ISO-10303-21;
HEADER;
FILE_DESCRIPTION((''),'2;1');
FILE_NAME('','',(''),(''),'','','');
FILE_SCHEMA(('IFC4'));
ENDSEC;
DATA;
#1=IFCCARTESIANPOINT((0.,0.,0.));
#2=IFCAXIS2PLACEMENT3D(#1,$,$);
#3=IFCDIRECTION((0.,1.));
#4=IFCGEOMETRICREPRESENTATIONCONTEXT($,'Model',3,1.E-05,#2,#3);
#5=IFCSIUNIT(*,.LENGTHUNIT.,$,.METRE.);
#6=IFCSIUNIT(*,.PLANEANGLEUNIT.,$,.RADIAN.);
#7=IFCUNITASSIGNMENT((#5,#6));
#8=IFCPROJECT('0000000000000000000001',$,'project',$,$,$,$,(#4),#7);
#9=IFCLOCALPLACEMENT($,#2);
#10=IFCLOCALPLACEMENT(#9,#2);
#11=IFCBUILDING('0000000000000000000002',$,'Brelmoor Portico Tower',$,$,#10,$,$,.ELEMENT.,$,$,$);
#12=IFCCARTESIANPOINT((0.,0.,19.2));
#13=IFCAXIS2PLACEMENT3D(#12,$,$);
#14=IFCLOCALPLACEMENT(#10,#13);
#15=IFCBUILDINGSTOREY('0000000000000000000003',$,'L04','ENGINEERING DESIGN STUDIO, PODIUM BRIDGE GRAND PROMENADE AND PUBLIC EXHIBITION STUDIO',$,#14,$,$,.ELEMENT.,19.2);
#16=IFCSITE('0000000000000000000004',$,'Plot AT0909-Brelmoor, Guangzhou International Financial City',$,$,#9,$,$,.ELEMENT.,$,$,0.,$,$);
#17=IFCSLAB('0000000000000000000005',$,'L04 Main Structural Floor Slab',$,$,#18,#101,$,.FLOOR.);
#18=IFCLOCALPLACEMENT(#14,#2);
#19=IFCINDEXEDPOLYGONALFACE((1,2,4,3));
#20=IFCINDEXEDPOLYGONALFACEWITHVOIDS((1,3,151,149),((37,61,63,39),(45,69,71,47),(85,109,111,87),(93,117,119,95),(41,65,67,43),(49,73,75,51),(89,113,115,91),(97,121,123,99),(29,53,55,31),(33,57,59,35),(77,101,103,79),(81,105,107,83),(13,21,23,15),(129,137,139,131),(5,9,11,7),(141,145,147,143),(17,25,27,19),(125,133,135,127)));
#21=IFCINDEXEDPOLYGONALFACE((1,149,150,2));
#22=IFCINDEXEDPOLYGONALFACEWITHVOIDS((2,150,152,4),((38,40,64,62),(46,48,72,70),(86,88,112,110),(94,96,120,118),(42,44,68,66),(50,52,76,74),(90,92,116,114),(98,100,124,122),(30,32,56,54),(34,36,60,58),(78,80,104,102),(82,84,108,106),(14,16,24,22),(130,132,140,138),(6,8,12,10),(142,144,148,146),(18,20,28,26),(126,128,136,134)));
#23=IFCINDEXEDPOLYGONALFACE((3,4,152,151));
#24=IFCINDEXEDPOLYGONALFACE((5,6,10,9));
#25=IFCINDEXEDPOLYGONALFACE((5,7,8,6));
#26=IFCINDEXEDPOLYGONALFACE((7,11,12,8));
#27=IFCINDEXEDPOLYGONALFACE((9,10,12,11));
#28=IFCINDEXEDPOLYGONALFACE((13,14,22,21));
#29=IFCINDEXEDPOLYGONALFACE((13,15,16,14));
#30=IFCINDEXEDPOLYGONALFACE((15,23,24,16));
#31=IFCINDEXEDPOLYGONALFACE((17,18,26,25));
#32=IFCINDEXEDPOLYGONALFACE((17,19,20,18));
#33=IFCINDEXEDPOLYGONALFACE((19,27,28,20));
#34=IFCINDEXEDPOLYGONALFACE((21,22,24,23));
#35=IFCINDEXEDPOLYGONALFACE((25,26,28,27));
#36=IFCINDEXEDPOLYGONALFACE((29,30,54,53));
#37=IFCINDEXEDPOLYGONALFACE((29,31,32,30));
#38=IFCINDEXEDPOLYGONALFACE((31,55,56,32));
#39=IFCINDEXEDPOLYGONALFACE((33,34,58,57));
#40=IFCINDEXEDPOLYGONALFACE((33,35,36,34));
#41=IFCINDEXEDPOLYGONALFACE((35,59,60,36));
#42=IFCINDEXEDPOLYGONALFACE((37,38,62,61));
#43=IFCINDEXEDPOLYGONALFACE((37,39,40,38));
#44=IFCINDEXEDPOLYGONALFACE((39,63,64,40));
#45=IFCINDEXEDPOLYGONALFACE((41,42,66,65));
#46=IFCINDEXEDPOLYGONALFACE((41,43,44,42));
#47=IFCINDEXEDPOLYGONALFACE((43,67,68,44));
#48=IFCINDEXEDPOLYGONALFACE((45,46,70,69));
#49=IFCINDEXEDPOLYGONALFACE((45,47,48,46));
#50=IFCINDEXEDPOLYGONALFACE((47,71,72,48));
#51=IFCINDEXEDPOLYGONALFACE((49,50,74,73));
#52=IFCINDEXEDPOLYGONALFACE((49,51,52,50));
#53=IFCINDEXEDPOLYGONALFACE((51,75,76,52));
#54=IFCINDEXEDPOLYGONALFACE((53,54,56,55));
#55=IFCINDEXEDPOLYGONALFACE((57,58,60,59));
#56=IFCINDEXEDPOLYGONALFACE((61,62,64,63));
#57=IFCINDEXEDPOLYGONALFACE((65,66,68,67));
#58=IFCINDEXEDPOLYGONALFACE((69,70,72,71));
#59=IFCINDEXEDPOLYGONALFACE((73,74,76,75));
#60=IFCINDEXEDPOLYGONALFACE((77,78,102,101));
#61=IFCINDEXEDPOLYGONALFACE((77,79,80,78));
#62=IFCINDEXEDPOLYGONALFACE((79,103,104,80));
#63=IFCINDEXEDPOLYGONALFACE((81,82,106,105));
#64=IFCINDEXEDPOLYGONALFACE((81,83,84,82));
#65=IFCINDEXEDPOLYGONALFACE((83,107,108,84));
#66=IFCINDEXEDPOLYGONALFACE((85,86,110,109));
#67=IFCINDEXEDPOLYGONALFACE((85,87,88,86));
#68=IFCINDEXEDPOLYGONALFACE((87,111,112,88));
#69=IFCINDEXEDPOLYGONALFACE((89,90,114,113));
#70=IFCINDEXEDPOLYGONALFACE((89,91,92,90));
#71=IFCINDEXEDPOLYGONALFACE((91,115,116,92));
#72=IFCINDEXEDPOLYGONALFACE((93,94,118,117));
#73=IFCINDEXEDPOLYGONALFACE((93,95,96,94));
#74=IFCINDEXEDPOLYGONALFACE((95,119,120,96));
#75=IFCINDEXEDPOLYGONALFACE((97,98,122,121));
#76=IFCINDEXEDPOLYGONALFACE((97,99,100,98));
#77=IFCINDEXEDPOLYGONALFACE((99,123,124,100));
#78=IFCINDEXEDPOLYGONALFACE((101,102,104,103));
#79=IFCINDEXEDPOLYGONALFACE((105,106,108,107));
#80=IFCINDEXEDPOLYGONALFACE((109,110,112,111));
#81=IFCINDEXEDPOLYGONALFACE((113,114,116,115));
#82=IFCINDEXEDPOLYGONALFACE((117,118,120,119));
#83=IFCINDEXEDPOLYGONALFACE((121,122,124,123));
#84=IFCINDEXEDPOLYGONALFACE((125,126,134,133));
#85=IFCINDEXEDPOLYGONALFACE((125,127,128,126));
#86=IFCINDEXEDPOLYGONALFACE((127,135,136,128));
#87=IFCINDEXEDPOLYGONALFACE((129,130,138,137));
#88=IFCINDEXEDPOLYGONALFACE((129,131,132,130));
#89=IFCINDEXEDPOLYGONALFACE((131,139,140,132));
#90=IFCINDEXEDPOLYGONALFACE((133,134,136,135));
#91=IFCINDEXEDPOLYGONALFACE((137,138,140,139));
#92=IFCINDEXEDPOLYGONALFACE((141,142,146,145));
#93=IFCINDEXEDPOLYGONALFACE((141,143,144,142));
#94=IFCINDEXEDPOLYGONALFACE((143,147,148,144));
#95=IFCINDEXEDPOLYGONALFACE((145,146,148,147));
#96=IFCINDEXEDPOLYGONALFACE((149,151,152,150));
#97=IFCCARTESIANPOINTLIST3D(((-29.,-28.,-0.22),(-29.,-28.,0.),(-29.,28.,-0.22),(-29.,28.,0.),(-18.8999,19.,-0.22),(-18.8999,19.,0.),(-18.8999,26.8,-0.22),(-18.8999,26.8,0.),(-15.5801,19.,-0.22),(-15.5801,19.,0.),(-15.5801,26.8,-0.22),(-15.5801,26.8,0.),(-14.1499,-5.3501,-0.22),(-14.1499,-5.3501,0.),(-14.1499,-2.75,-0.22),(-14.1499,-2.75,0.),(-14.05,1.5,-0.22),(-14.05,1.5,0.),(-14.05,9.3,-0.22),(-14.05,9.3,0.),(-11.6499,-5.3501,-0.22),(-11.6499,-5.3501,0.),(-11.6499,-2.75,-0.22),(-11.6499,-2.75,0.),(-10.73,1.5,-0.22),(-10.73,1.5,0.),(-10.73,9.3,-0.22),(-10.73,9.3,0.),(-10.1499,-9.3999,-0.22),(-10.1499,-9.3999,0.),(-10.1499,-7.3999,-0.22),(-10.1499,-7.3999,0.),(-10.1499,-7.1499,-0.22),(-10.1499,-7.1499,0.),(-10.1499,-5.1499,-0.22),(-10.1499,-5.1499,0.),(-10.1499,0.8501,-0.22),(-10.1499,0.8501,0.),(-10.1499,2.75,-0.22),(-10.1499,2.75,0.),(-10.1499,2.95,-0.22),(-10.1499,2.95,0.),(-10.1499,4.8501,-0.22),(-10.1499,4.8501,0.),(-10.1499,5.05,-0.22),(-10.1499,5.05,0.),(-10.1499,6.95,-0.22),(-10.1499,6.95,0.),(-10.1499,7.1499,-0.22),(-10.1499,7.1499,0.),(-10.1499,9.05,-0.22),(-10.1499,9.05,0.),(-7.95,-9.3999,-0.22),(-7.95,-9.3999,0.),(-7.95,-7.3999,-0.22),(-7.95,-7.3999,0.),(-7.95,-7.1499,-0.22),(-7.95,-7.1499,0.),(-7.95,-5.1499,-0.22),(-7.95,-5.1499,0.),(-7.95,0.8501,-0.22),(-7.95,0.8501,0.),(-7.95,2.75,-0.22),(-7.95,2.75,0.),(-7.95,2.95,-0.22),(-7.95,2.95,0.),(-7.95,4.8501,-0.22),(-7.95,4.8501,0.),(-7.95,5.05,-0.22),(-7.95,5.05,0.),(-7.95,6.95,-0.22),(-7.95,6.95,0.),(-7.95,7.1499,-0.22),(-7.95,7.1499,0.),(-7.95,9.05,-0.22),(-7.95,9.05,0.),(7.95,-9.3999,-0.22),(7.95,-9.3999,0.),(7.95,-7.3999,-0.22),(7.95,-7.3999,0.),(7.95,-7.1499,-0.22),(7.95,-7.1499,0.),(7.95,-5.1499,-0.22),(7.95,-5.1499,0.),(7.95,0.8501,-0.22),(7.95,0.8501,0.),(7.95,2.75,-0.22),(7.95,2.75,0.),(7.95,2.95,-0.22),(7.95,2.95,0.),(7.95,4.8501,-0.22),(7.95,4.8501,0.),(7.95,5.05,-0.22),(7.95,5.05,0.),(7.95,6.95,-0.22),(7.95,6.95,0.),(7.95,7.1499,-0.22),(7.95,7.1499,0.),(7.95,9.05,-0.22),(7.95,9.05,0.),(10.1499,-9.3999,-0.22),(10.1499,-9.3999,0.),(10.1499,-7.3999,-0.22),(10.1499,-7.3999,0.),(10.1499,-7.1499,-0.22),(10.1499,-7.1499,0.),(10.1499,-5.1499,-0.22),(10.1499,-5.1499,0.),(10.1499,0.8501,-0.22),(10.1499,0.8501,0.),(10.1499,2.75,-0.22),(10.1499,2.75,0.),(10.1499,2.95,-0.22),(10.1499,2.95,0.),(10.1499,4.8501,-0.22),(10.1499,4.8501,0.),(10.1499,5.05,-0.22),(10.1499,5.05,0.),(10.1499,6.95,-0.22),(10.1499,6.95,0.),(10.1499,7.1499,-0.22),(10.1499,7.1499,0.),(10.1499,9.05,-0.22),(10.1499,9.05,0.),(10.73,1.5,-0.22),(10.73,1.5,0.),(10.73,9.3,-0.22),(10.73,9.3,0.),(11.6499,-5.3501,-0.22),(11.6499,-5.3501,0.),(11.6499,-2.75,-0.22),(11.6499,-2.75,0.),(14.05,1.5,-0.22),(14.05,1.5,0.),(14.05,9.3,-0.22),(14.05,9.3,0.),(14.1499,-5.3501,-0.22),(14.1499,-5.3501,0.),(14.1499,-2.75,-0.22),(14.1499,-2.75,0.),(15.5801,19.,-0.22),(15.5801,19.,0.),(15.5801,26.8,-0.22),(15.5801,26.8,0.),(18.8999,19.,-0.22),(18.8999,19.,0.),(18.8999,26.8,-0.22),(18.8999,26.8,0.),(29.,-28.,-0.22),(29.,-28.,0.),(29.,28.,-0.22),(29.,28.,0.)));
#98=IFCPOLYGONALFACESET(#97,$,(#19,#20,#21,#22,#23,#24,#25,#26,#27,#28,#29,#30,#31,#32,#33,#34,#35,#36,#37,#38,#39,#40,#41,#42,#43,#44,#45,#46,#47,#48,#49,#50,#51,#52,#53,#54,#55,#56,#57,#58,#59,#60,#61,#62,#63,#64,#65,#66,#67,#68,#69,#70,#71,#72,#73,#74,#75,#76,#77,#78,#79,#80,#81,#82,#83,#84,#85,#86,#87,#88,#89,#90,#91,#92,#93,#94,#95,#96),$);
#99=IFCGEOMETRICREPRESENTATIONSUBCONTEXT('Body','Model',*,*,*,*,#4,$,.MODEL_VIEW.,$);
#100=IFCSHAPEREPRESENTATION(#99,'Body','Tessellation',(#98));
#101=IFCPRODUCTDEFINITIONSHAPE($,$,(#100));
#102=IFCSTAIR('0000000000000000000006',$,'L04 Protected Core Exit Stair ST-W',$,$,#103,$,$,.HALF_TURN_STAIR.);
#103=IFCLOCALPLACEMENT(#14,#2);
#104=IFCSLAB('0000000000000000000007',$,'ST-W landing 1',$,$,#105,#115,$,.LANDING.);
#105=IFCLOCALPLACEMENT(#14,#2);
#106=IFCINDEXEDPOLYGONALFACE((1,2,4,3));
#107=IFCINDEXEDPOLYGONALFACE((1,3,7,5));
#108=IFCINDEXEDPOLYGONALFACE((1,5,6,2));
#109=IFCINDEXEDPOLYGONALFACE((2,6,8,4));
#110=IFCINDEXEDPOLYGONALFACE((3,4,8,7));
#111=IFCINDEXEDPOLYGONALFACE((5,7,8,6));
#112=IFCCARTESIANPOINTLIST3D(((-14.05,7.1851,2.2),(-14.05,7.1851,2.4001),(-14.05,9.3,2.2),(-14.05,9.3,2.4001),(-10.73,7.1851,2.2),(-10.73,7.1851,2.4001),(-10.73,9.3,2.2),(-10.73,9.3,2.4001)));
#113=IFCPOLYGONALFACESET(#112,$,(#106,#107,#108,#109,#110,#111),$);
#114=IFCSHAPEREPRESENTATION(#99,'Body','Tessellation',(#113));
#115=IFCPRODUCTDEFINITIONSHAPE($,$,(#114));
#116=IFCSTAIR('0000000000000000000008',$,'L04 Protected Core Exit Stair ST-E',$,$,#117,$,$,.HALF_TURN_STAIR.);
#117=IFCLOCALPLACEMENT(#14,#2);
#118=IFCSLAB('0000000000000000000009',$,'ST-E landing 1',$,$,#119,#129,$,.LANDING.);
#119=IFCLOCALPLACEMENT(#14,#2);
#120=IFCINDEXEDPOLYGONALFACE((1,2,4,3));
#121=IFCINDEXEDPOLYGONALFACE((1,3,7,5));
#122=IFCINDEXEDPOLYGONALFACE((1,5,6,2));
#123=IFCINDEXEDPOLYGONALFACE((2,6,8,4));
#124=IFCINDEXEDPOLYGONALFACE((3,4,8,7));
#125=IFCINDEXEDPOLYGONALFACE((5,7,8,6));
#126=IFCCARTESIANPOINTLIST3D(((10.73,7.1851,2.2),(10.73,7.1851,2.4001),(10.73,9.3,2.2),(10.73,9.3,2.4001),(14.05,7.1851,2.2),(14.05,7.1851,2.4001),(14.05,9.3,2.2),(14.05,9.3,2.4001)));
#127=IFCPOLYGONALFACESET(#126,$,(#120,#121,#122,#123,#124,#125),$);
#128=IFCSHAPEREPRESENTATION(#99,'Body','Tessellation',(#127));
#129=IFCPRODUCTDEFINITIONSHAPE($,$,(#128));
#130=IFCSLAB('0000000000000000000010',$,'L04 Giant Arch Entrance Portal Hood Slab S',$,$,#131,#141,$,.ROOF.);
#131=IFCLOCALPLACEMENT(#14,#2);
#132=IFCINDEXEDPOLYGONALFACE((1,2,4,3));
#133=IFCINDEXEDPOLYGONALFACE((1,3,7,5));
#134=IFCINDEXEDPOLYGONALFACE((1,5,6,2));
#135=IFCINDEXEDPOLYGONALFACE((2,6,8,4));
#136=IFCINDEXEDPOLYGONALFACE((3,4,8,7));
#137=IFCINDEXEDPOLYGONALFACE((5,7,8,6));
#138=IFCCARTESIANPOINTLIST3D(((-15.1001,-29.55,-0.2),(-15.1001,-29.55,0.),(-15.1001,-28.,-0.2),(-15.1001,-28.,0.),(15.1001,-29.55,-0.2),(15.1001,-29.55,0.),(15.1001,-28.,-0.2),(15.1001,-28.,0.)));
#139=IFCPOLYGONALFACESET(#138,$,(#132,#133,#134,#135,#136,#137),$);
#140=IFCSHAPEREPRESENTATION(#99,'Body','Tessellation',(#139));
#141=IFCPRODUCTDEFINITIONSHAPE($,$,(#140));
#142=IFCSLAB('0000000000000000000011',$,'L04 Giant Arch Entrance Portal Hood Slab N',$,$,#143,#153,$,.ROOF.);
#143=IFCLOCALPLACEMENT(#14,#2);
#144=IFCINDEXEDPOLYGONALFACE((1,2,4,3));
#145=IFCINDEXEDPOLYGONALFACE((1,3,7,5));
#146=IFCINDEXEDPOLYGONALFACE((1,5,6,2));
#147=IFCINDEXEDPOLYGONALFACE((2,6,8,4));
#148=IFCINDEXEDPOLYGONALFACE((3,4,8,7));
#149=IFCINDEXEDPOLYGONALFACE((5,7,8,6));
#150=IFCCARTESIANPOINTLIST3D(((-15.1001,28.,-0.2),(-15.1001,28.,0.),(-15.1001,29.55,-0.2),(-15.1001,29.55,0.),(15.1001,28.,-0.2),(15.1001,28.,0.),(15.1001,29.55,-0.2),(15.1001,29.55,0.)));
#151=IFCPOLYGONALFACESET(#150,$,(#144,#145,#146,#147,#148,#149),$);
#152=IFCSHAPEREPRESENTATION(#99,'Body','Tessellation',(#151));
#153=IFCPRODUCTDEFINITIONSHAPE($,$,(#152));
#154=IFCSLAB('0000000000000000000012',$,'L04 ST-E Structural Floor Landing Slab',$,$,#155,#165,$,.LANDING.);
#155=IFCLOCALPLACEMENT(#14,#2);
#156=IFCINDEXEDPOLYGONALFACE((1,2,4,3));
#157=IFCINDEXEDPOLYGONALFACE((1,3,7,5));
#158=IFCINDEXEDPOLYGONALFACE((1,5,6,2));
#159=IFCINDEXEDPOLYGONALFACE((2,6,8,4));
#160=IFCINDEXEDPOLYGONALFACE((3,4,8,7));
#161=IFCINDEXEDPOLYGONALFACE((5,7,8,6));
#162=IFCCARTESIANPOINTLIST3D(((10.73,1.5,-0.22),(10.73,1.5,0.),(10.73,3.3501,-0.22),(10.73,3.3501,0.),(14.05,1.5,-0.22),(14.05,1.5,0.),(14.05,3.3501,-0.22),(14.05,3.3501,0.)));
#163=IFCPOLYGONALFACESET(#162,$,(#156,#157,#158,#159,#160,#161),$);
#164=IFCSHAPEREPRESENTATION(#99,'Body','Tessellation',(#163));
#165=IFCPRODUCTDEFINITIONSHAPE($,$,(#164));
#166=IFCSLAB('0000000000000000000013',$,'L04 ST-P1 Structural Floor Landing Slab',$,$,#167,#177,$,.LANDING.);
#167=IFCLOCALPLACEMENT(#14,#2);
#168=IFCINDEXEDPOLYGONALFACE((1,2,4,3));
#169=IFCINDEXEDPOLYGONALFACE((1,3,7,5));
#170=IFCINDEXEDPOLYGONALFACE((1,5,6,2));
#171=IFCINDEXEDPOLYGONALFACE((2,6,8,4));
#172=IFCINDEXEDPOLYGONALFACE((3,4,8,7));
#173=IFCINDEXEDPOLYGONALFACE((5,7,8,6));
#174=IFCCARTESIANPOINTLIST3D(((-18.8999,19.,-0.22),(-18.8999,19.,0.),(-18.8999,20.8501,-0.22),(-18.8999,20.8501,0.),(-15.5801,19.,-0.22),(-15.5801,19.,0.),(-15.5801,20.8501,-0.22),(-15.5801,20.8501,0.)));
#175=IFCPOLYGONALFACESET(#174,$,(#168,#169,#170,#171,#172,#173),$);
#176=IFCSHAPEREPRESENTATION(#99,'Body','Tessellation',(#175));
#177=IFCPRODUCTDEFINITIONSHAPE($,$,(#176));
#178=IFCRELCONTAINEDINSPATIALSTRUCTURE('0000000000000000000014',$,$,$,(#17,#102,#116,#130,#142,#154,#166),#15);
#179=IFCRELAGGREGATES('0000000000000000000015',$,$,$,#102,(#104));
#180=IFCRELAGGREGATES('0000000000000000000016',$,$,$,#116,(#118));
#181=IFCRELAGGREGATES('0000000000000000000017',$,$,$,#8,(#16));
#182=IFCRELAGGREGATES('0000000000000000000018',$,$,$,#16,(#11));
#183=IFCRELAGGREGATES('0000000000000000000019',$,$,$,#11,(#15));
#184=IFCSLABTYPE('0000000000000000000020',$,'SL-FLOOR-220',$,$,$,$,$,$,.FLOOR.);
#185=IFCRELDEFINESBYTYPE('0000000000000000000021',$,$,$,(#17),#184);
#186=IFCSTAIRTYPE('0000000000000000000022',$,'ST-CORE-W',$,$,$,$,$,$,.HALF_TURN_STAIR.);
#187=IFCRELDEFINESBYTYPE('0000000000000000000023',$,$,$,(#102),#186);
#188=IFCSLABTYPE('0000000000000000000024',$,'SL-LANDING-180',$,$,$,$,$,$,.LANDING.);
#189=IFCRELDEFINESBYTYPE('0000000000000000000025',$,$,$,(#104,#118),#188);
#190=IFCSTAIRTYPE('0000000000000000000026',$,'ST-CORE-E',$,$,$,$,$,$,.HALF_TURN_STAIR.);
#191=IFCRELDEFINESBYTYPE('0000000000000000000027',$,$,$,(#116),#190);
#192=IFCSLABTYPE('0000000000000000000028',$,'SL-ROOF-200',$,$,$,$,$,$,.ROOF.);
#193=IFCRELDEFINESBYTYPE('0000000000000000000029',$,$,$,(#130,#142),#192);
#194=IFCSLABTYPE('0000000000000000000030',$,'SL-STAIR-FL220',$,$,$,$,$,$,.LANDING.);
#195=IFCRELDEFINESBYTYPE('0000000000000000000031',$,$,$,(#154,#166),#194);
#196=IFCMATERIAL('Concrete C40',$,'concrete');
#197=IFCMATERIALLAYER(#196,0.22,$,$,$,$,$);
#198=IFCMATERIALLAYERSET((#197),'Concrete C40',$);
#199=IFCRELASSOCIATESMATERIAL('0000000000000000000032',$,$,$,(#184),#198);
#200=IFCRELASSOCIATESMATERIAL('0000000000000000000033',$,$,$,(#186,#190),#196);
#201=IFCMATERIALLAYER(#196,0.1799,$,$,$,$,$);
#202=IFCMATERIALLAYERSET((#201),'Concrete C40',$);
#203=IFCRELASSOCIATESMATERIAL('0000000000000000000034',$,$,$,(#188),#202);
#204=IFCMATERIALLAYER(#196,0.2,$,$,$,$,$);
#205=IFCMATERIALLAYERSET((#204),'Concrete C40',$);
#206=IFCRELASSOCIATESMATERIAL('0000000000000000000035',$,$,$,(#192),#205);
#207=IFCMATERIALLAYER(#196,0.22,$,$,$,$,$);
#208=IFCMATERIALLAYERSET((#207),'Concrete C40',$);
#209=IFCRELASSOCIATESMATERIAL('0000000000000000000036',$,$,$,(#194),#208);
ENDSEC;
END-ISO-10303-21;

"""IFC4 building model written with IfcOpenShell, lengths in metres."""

from ifc_helpers import new_model, si_unit, direction, frame, origin, place, context, subcontext, project, spatial, polyline, outline, extrude, material, layer, layer_set, type_object, element, aggregate, save


model = new_model("IFC4")

# Units and contexts
model_context = context("Model", 3, precision=1e-05, world=origin(), true_north=direction((0.0, 1.0)))
body_context = subcontext(model_context, "Body", "Model", "MODEL_VIEW")
ifc_project = project(units=[si_unit("LENGTHUNIT", "METRE"), si_unit("PLANEANGLEUNIT", "RADIAN")], contexts=[model_context])

# Site, building, storey
site_placement = place(None, origin())
site = spatial("IfcSite", under=ifc_project, at=site_placement, Name="Plot AT0909-Brelmoor, Guangzhou International Financial City", CompositionType="ELEMENT", RefElevation=0.0)
building_placement = place(site_placement, origin())
building = spatial("IfcBuilding", under=site, at=building_placement, Name="Brelmoor Portico Tower", CompositionType="ELEMENT")
storey_placement = place(building_placement, frame((0.0, 0.0, 19.2)))
storey = spatial("IfcBuildingStorey", under=building, at=storey_placement, Name="L04", Description="ENGINEERING DESIGN STUDIO, PODIUM BRIDGE GRAND PROMENADE AND PUBLIC EXHIBITION STUDIO", CompositionType="ELEMENT", Elevation=19.2)

# Slab
ifc_material_1 = material(Name="Concrete C40", Category="concrete")
ifc_layer_1 = layer(ifc_material_1, 0.22)
ifc_layer_set_1 = layer_set([ifc_layer_1], Name="Concrete C40")
slab_type_1 = type_object("IfcSlabType", Name="SL-FLOOR-220", PredefinedType="FLOOR", material=ifc_layer_set_1)
slab_1_placement = place(storey_placement, frame((0.0, 0.0, -0.22)))
element("IfcSlab", 1, at=slab_1_placement, inside=storey, type_object=slab_type_1, Name="L04 Main Structural Floor Slab", PredefinedType="FLOOR", context=body_context, shape_type="SweptSolid", body=[
    extrude(outline(polyline([(-29.0, -28.0), (29.0, -28.0), (29.0, 28.0), (-29.0, 28.0), (-29.0, -28.0)]), holes=[polyline([(-10.73, 1.5), (-10.73, 9.3), (-14.05, 9.3), (-14.05, 1.5), (-10.73, 1.5)]), polyline([(14.05, 1.5), (14.05, 9.3), (10.73, 9.3), (10.73, 1.5), (14.05, 1.5)]), polyline([(-15.5801, 19.0), (-15.5801, 26.8), (-18.8999, 26.8), (-18.8999, 19.0), (-15.5801, 19.0)]), polyline([(18.8999, 19.0), (18.8999, 26.8), (15.5801, 26.8), (15.5801, 19.0), (18.8999, 19.0)]), polyline([(-10.1499, 0.8501), (-7.95, 0.8501), (-7.95, 2.75), (-10.1499, 2.75), (-10.1499, 0.8501)]), polyline([(-10.1499, 2.95), (-7.95, 2.95), (-7.95, 4.8501), (-10.1499, 4.8501), (-10.1499, 2.95)]), polyline([(-10.1499, 5.05), (-7.95, 5.05), (-7.95, 6.95), (-10.1499, 6.95), (-10.1499, 5.05)]), polyline([(-10.1499, 7.1499), (-7.95, 7.1499), (-7.95, 9.05), (-10.1499, 9.05), (-10.1499, 7.1499)]), polyline([(7.95, 0.8501), (10.1499, 0.8501), (10.1499, 2.75), (7.95, 2.75), (7.95, 0.8501)]), polyline([(7.95, 2.95), (10.1499, 2.95), (10.1499, 4.8501), (7.95, 4.8501), (7.95, 2.95)]), polyline([(7.95, 5.05), (10.1499, 5.05), (10.1499, 6.95), (7.95, 6.95), (7.95, 5.05)]), polyline([(7.95, 7.1499), (10.1499, 7.1499), (10.1499, 9.05), (7.95, 9.05), (7.95, 7.1499)]), polyline([(-10.1499, -9.3999), (-7.95, -9.3999), (-7.95, -7.3999), (-10.1499, -7.3999), (-10.1499, -9.3999)]), polyline([(-10.1499, -7.1499), (-7.95, -7.1499), (-7.95, -5.1499), (-10.1499, -5.1499), (-10.1499, -7.1499)]), polyline([(7.95, -9.3999), (10.1499, -9.3999), (10.1499, -7.3999), (7.95, -7.3999), (7.95, -9.3999)]), polyline([(7.95, -7.1499), (10.1499, -7.1499), (10.1499, -5.1499), (7.95, -5.1499), (7.95, -7.1499)]), polyline([(-14.1499, -5.3501), (-11.6499, -5.3501), (-11.6499, -2.75), (-14.1499, -2.75), (-14.1499, -5.3501)]), polyline([(11.6499, -5.3501), (14.1499, -5.3501), (14.1499, -2.75), (11.6499, -2.75), (11.6499, -5.3501)])]), origin(), (0.0, 0.0, 1.0), 0.22),
])

# Stairs, slabs
stair_type_1 = type_object("IfcStairType", Name="ST-CORE-W", PredefinedType="HALF_TURN_STAIR", material=ifc_material_1)
stair_1_placement = place(storey_placement, origin())
stair_1 = element("IfcStair", 2, at=stair_1_placement, inside=storey, type_object=stair_type_1, Name="L04 Protected Core Exit Stair ST-W", PredefinedType="HALF_TURN_STAIR")
ifc_layer_2 = layer(ifc_material_1, 0.1799)
ifc_layer_set_2 = layer_set([ifc_layer_2], Name="Concrete C40")
slab_type_2 = type_object("IfcSlabType", Name="SL-LANDING-180", PredefinedType="LANDING", material=ifc_layer_set_2)
slab_2_placement = place(storey_placement, frame((0.0, 0.0, 2.2)))
slab_2 = element("IfcSlab", 3, at=slab_2_placement, type_object=slab_type_2, Name="ST-W landing 1", PredefinedType="LANDING", context=body_context, shape_type="SweptSolid", body=[
    extrude(outline(polyline([(-10.73, 7.1851), (-10.73, 9.3), (-14.05, 9.3), (-14.05, 7.1851), (-10.73, 7.1851)])), origin(), (0.0, 0.0, 1.0), 0.2002),
])
aggregate(stair_1, [slab_2])
stair_type_2 = type_object("IfcStairType", Name="ST-CORE-E", PredefinedType="HALF_TURN_STAIR", material=ifc_material_1)
stair_2_placement = place(storey_placement, origin())
stair_2 = element("IfcStair", 4, at=stair_2_placement, inside=storey, type_object=stair_type_2, Name="L04 Protected Core Exit Stair ST-E", PredefinedType="HALF_TURN_STAIR")
slab_3_placement = place(storey_placement, frame((0.0, 0.0, 2.2)))
slab_3 = element("IfcSlab", 5, at=slab_3_placement, type_object=slab_type_2, Name="ST-E landing 1", PredefinedType="LANDING", context=body_context, shape_type="SweptSolid", body=[
    extrude(outline(polyline([(14.05, 7.1851), (14.05, 9.3), (10.73, 9.3), (10.73, 7.1851), (14.05, 7.1851)])), origin(), (0.0, 0.0, 1.0), 0.2002),
])
aggregate(stair_2, [slab_3])

# Slabs
ifc_layer_3 = layer(ifc_material_1, 0.2)
ifc_layer_set_3 = layer_set([ifc_layer_3], Name="Concrete C40")
slab_type_3 = type_object("IfcSlabType", Name="SL-ROOF-200", PredefinedType="ROOF", material=ifc_layer_set_3)
slab_4_placement = place(storey_placement, frame((0.0, 0.0, -0.2)))
element("IfcSlab", 6, at=slab_4_placement, inside=storey, type_object=slab_type_3, Name="L04 Giant Arch Entrance Portal Hood Slab S", PredefinedType="ROOF", context=body_context, shape_type="SweptSolid", body=[
    extrude(outline(polyline([(-15.1001, -29.55), (15.1001, -29.55), (15.1001, -28.0), (-15.1001, -28.0), (-15.1001, -29.55)])), origin(), (0.0, 0.0, 1.0), 0.2),
])
slab_5_placement = place(storey_placement, frame((0.0, 0.0, -0.2)))
element("IfcSlab", 7, at=slab_5_placement, inside=storey, type_object=slab_type_3, Name="L04 Giant Arch Entrance Portal Hood Slab N", PredefinedType="ROOF", context=body_context, shape_type="SweptSolid", body=[
    extrude(outline(polyline([(-15.1001, 28.0), (15.1001, 28.0), (15.1001, 29.55), (-15.1001, 29.55), (-15.1001, 28.0)])), origin(), (0.0, 0.0, 1.0), 0.2),
])
ifc_layer_4 = layer(ifc_material_1, 0.22)
ifc_layer_set_4 = layer_set([ifc_layer_4], Name="Concrete C40")
slab_type_4 = type_object("IfcSlabType", Name="SL-STAIR-FL220", PredefinedType="LANDING", material=ifc_layer_set_4)
slab_6_placement = place(storey_placement, frame((0.0, 0.0, -0.22)))
element("IfcSlab", 8, at=slab_6_placement, inside=storey, type_object=slab_type_4, Name="L04 ST-E Structural Floor Landing Slab", PredefinedType="LANDING", context=body_context, shape_type="SweptSolid", body=[
    extrude(outline(polyline([(14.05, 1.5), (14.05, 3.3501), (10.73, 3.3501), (10.73, 1.5), (14.05, 1.5)])), origin(), (0.0, 0.0, 1.0), 0.22),
])
slab_7_placement = place(storey_placement, frame((0.0, 0.0, -0.22)))
element("IfcSlab", 9, at=slab_7_placement, inside=storey, type_object=slab_type_4, Name="L04 ST-P1 Structural Floor Landing Slab", PredefinedType="LANDING", context=body_context, shape_type="SweptSolid", body=[
    extrude(outline(polyline([(-15.5801, 19.0), (-15.5801, 20.8501), (-18.8999, 20.8501), (-18.8999, 19.0), (-15.5801, 19.0)])), origin(), (0.0, 0.0, 1.0), 0.22),
])

save(model, "model.ifc")
